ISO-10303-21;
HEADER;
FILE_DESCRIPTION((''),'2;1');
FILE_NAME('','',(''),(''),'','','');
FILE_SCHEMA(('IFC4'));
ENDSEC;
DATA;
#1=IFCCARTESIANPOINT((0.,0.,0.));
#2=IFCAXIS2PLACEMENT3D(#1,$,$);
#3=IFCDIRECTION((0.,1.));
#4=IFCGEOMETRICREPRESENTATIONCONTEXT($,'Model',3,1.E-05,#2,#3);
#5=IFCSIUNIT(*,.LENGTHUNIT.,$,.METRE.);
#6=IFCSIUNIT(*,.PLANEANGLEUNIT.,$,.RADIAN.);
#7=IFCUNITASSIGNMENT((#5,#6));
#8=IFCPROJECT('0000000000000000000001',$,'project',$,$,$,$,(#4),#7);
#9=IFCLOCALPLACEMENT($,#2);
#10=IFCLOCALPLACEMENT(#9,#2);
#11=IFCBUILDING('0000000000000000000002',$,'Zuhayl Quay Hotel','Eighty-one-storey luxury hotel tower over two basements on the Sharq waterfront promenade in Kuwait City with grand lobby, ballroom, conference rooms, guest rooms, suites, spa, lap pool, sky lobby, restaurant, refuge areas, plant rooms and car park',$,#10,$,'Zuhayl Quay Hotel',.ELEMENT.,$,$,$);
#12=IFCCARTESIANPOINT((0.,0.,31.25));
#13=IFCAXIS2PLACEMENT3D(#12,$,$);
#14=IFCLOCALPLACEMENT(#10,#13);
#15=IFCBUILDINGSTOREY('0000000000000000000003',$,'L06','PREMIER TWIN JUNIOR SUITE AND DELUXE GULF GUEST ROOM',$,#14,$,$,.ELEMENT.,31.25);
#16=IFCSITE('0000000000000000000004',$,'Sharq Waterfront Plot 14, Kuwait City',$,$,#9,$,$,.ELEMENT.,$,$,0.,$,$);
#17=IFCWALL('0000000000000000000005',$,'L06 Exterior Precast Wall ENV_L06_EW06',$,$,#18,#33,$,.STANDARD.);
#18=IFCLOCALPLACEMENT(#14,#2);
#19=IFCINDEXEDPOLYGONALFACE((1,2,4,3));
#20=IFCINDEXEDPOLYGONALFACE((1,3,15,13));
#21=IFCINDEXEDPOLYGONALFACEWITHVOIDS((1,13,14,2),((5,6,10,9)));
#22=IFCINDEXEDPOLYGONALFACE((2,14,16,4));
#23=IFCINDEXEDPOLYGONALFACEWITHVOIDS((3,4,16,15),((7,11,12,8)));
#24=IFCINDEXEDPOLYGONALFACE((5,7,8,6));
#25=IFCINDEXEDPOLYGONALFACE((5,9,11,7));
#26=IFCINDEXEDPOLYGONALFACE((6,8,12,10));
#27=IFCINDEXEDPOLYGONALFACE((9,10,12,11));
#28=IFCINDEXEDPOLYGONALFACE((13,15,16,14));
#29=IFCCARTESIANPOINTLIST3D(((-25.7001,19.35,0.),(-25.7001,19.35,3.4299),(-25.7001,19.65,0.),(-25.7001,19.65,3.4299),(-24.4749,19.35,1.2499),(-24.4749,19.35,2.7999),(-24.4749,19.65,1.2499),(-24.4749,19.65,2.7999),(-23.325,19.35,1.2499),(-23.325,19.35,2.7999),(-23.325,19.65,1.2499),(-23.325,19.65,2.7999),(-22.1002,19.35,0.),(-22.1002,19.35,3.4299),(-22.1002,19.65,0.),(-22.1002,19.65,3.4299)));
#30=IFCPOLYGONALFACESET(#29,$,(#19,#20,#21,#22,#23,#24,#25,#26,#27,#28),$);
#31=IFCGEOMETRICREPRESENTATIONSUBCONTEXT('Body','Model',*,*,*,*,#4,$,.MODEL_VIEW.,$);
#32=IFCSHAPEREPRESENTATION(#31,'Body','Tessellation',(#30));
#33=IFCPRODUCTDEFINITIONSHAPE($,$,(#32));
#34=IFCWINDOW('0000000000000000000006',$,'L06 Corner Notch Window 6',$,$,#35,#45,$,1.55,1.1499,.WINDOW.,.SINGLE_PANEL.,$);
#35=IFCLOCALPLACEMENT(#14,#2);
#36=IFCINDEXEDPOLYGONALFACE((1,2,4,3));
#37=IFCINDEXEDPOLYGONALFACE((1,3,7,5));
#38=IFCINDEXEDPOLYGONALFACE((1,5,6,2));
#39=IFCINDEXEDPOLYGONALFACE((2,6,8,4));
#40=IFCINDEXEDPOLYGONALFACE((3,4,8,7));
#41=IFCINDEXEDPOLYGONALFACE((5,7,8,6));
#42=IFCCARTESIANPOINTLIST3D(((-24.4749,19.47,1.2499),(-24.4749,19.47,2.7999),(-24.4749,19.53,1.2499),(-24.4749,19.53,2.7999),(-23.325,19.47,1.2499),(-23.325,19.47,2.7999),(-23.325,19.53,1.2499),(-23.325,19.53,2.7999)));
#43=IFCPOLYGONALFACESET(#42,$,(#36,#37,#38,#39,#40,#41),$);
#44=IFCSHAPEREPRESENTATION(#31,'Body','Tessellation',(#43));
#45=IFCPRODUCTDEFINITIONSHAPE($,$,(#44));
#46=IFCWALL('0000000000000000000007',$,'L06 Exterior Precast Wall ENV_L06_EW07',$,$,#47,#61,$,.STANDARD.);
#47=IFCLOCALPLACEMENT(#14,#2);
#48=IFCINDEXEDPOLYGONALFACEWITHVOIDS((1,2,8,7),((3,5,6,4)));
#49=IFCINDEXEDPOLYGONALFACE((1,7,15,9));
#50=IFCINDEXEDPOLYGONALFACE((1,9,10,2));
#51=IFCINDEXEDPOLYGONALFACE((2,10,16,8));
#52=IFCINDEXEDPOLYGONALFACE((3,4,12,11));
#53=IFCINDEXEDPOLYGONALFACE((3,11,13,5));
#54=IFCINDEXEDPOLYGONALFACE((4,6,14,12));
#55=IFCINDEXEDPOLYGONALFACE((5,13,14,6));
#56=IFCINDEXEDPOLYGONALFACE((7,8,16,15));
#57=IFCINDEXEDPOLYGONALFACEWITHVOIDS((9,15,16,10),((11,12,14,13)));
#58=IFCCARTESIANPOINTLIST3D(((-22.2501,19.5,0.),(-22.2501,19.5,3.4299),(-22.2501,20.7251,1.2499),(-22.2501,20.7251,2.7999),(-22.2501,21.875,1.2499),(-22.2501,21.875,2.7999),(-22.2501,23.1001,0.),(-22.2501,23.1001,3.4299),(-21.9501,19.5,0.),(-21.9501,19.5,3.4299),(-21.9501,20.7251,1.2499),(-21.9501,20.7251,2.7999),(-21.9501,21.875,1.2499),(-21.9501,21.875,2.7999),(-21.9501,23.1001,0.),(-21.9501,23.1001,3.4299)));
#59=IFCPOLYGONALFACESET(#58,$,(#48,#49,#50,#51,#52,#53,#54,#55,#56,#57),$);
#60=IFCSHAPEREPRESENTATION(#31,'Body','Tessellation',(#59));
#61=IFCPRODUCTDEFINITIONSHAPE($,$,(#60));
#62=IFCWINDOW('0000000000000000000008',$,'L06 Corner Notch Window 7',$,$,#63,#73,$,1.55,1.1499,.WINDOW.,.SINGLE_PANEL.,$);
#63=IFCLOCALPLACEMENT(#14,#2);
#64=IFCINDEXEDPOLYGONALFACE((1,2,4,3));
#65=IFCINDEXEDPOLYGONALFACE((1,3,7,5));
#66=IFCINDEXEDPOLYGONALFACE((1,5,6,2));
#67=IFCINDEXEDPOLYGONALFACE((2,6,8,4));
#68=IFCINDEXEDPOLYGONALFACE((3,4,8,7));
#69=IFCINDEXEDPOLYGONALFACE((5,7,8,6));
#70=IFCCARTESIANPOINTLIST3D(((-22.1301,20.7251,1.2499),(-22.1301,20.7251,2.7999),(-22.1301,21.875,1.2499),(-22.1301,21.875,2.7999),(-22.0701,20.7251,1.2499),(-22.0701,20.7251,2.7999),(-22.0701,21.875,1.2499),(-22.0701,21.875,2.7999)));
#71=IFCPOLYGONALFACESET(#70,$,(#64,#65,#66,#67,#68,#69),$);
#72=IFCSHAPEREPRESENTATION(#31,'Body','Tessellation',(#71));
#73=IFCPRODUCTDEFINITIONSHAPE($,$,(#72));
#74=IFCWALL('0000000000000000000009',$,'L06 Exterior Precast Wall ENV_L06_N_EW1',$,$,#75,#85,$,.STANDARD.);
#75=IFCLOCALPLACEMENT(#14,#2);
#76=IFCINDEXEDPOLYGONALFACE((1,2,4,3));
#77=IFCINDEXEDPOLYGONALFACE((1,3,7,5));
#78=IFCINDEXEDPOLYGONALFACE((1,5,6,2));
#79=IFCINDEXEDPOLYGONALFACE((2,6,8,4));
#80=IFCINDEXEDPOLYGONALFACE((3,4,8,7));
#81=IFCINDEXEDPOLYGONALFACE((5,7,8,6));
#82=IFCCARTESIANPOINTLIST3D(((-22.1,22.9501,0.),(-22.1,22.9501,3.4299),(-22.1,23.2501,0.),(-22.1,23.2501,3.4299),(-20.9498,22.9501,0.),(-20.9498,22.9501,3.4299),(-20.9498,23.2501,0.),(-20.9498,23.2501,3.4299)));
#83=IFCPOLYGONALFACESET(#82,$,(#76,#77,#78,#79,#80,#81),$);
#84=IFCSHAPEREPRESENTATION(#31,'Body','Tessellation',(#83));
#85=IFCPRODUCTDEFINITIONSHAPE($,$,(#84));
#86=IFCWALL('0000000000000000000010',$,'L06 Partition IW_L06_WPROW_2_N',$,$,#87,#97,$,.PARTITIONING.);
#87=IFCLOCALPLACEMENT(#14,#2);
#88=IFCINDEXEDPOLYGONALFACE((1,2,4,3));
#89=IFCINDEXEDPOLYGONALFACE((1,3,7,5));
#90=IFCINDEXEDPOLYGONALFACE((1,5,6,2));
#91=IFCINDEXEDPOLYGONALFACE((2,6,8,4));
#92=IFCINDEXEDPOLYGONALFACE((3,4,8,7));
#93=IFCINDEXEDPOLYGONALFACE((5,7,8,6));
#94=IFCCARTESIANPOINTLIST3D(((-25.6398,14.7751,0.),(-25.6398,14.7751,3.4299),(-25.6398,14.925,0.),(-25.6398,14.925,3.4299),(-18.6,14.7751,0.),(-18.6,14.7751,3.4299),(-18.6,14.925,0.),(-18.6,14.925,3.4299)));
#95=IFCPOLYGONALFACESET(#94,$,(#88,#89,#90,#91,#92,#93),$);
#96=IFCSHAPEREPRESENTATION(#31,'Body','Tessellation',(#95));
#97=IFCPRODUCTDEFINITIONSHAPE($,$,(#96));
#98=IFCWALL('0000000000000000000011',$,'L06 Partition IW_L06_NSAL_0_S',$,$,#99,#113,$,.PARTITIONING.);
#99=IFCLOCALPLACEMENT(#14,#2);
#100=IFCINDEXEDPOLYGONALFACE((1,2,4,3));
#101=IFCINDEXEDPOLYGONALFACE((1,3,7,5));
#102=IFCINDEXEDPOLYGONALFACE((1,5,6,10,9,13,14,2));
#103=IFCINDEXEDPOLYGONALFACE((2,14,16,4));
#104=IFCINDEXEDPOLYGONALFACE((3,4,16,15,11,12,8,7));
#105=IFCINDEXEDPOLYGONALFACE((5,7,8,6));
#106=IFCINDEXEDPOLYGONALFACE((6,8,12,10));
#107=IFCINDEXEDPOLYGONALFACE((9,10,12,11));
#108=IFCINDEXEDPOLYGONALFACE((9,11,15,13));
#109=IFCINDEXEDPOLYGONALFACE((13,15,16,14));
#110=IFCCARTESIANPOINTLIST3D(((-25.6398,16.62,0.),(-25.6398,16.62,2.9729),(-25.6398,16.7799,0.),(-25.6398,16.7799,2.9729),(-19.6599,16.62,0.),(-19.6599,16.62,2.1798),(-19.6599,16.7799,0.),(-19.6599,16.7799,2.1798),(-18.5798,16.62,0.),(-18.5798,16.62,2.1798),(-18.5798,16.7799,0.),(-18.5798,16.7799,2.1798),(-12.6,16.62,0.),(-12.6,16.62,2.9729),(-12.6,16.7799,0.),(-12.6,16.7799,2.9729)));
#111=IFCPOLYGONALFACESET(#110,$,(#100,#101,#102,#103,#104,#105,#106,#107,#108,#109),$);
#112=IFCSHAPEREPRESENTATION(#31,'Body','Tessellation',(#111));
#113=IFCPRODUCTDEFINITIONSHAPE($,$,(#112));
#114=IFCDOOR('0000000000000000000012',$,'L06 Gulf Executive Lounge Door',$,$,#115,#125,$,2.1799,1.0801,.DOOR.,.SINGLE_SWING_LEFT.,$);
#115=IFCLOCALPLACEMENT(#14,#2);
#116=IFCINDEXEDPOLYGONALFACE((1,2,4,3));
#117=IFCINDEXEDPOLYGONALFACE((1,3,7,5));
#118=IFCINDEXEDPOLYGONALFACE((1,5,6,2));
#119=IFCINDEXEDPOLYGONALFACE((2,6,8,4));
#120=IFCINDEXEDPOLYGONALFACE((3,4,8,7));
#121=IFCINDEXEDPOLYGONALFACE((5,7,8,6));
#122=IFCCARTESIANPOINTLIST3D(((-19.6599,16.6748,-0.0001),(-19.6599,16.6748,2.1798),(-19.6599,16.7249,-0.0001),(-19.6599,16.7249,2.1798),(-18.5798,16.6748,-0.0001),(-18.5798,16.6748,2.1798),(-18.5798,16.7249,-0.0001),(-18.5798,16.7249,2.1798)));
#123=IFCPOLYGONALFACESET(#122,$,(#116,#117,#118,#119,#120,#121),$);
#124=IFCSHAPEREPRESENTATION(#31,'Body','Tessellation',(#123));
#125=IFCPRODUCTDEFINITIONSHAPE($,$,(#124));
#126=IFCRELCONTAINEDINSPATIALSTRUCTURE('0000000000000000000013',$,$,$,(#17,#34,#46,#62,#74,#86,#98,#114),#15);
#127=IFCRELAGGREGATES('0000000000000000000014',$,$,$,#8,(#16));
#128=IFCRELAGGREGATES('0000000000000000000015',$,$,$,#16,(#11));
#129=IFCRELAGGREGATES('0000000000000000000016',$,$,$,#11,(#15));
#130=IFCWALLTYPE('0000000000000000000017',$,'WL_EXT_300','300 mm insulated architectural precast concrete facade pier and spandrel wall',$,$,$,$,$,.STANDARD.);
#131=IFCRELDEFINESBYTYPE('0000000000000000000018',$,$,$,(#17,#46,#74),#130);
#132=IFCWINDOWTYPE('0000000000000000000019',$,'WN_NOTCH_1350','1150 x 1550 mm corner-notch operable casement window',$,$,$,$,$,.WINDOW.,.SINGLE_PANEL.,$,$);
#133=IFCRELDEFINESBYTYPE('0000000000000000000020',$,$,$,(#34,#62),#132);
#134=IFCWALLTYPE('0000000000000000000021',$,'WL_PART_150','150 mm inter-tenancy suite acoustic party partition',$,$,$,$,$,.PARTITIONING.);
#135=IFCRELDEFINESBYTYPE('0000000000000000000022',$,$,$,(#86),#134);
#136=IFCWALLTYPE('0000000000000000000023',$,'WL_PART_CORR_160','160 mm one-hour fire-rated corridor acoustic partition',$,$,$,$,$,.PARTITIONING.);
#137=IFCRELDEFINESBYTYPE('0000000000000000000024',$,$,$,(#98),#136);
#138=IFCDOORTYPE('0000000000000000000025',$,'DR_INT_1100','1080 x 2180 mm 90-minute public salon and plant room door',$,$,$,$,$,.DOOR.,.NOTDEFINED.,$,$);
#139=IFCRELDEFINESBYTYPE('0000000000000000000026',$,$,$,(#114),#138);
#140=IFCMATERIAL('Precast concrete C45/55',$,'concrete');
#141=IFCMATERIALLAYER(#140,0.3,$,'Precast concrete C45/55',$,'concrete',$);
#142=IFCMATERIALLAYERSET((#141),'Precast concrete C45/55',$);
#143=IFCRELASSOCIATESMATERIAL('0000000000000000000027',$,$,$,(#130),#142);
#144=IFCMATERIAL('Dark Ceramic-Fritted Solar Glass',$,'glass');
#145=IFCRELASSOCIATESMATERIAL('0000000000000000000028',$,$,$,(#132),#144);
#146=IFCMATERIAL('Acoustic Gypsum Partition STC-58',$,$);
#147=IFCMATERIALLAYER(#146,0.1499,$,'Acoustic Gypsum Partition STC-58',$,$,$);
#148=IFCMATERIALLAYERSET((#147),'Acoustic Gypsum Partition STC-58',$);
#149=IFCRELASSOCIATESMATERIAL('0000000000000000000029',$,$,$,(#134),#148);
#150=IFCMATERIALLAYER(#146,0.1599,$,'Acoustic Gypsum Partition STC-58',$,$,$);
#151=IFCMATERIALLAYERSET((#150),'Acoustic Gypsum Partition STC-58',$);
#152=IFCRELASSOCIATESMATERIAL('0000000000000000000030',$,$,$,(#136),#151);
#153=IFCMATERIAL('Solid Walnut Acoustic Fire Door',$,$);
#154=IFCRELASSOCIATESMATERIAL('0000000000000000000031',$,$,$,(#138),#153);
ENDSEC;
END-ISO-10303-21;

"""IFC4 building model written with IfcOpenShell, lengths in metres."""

from ifc_helpers import new_model, si_unit, direction, frame, frame_2d, origin, place, context, subcontext, project, spatial, rectangle, extrude, material, layer, layer_set, type_object, element, fill, save


model = new_model("IFC4")

# Units and contexts
model_context = context("Model", 3, precision=1e-05, world=origin(), true_north=direction((0.0, 1.0)))
body_context = subcontext(model_context, "Body", "Model", "MODEL_VIEW")
ifc_project = project(units=[si_unit("LENGTHUNIT", "METRE"), si_unit("PLANEANGLEUNIT", "RADIAN")], contexts=[model_context])

# Site, building, storey
site_placement = place(None, origin())
site = spatial("IfcSite", under=ifc_project, at=site_placement, Name="Sharq Waterfront Plot 14, Kuwait City", CompositionType="ELEMENT", RefElevation=0.0)
building_placement = place(site_placement, origin())
building = spatial("IfcBuilding", under=site, at=building_placement, Name="Zuhayl Quay Hotel", Description="Eighty-one-storey luxury hotel tower over two basements on the Sharq waterfront promenade in Kuwait City with grand lobby, ballroom, conference rooms, guest rooms, suites, spa, lap pool, sky lobby, restaurant, refuge areas, plant rooms and car park", LongName="Zuhayl Quay Hotel", CompositionType="ELEMENT")
storey_placement = place(building_placement, frame((0.0, 0.0, 31.25)))
storey = spatial("IfcBuildingStorey", under=building, at=storey_placement, Name="L06", Description="PREMIER TWIN JUNIOR SUITE AND DELUXE GULF GUEST ROOM", CompositionType="ELEMENT", Elevation=31.25)

# Shared definitions
ifc_material_1 = material(Name="Dark Ceramic-Fritted Solar Glass", Category="glass")

# Shared definitions
ifc_material_2 = material(Name="Precast concrete C45/55", Category="concrete")
ifc_layer_1 = layer(ifc_material_2, 0.3, Name="Precast concrete C45/55", Category="concrete")
ifc_layer_set_1 = layer_set([ifc_layer_1], Name="Precast concrete C45/55")
wall_type_1 = type_object("IfcWallType", Name="WL_EXT_300", Description="300 mm insulated architectural precast concrete facade pier and spandrel wall", PredefinedType="STANDARD", material=ifc_layer_set_1)
window_type_1 = type_object("IfcWindowType", Name="WN_NOTCH_1350", Description="1150 x 1550 mm corner-notch operable casement window", PartitioningType="SINGLE_PANEL", PredefinedType="WINDOW", material=ifc_material_1)

# Walls, openings, windows
wall_1_placement = place(storey_placement, frame((-25.7, 19.5, 0.0), z_axis=(0.0, 0.0, 1.0), x_axis=(1.0, 0.0, 0.0)))
wall_1 = element("IfcWall", 1, at=wall_1_placement, inside=storey, type_object=wall_type_1, Name="L06 Exterior Precast Wall ENV_L06_EW06", PredefinedType="STANDARD", context=body_context, shape_type="SweptSolid", body=[
    extrude(rectangle(XDim=3.5999, YDim=0.3, at=frame_2d((1.7998, 0.0))), origin(), (0.0, 0.0, 1.0), 3.4299),
])
opening_1_placement = place(wall_1_placement, frame((1.2251, 0.0, 1.25)))
opening_1 = element("IfcOpeningElement", 2, at=opening_1_placement, cuts=wall_1, PredefinedType="OPENING", context=body_context, shape_type="SweptSolid", body=[
    extrude(rectangle(XDim=1.1499, YDim=1.55, at=frame_2d((0.575, 0.7749))), frame((0.0, 0.1599, 0.0), z_axis=(0.0, -1.0, 0.0), x_axis=(1.0, 0.0, 0.0)), (0.0, 0.0, 1.0), 0.3201),
])
window_1_placement = place(opening_1_placement, origin())
window_1 = element("IfcWindow", 3, at=window_1_placement, inside=storey, type_object=window_type_1, Name="L06 Corner Notch Window 6", OverallHeight=1.55, OverallWidth=1.1499, PartitioningType="SINGLE_PANEL", PredefinedType="WINDOW", context=body_context, shape_type="SweptSolid", body=[
    extrude(rectangle(XDim=1.1499, YDim=1.55, at=frame_2d((0.575, 0.7749))), frame((0.0, 0.03, 0.0), z_axis=(0.0, -1.0, 0.0), x_axis=(1.0, 0.0, 0.0)), (0.0, 0.0, 1.0), 0.0601),
])
fill(opening_1, window_1)
wall_2_placement = place(storey_placement, frame((-22.1001, 19.5, 0.0), z_axis=(0.0, 0.0, 1.0), x_axis=(0.0, 1.0, 0.0)))
wall_2 = element("IfcWall", 4, at=wall_2_placement, inside=storey, type_object=wall_type_1, Name="L06 Exterior Precast Wall ENV_L06_EW07", PredefinedType="STANDARD", context=body_context, shape_type="SweptSolid", body=[
    extrude(rectangle(XDim=3.6001, YDim=0.3, at=frame_2d((1.8, 0.0))), origin(), (0.0, 0.0, 1.0), 3.4299),
])
opening_2_placement = place(wall_2_placement, frame((1.2251, 0.0, 1.25)))
opening_2 = element("IfcOpeningElement", 5, at=opening_2_placement, cuts=wall_2, PredefinedType="OPENING", context=body_context, shape_type="SweptSolid", body=[
    extrude(rectangle(XDim=1.1499, YDim=1.55, at=frame_2d((0.575, 0.7749))), frame((0.0, 0.1599, 0.0), z_axis=(0.0, -1.0, 0.0), x_axis=(1.0, 0.0, 0.0)), (0.0, 0.0, 1.0), 0.3201),
])
window_2_placement = place(opening_2_placement, origin())
window_2 = element("IfcWindow", 6, at=window_2_placement, inside=storey, type_object=window_type_1, Name="L06 Corner Notch Window 7", OverallHeight=1.55, OverallWidth=1.1499, PartitioningType="SINGLE_PANEL", PredefinedType="WINDOW", context=body_context, shape_type="SweptSolid", body=[
    extrude(rectangle(XDim=1.1499, YDim=1.55, at=frame_2d((0.575, 0.7749))), frame((0.0, 0.03, 0.0), z_axis=(0.0, -1.0, 0.0), x_axis=(1.0, 0.0, 0.0)), (0.0, 0.0, 1.0), 0.0601),
])
fill(opening_2, window_2)

# Walls
wall_3_placement = place(storey_placement, frame((-22.1001, 23.1001, 0.0), z_axis=(0.0, 0.0, 1.0), x_axis=(1.0, 0.0, 0.0)))
element("IfcWall", 7, at=wall_3_placement, inside=storey, type_object=wall_type_1, Name="L06 Exterior Precast Wall ENV_L06_N_EW1", PredefinedType="STANDARD", context=body_context, shape_type="SweptSolid", body=[
    extrude(rectangle(XDim=1.1501, YDim=0.3, at=frame_2d((0.5752, 0.0))), origin(), (0.0, 0.0, 1.0), 3.4299),
])
ifc_material_3 = material(Name="Acoustic Gypsum Partition STC-58")
ifc_layer_2 = layer(ifc_material_3, 0.1499, Name="Acoustic Gypsum Partition STC-58")
ifc_layer_set_2 = layer_set([ifc_layer_2], Name="Acoustic Gypsum Partition STC-58")
wall_type_2 = type_object("IfcWallType", Name="WL_PART_150", Description="150 mm inter-tenancy suite acoustic party partition", PredefinedType="PARTITIONING", material=ifc_layer_set_2)
wall_4_placement = place(storey_placement, frame((-25.6399, 14.8501, 0.0), z_axis=(0.0, 0.0, 1.0), x_axis=(1.0, 0.0, 0.0)))
element("IfcWall", 8, at=wall_4_placement, inside=storey, type_object=wall_type_2, Name="L06 Partition IW_L06_WPROW_2_N", PredefinedType="PARTITIONING", context=body_context, shape_type="SweptSolid", body=[
    extrude(rectangle(XDim=7.0398, YDim=0.1499, at=frame_2d((3.52, 0.0))), origin(), (0.0, 0.0, 1.0), 3.4299),
])

# Wall, opening, door
ifc_layer_3 = layer(ifc_material_3, 0.1599, Name="Acoustic Gypsum Partition STC-58")
ifc_layer_set_3 = layer_set([ifc_layer_3], Name="Acoustic Gypsum Partition STC-58")
wall_type_3 = type_object("IfcWallType", Name="WL_PART_CORR_160", Description="160 mm one-hour fire-rated corridor acoustic partition", PredefinedType="PARTITIONING", material=ifc_layer_set_3)
wall_5_placement = place(storey_placement, frame((-25.6399, 16.7, 0.0), z_axis=(0.0, 0.0, 1.0), x_axis=(1.0, 0.0, 0.0)))
wall_5 = element("IfcWall", 9, at=wall_5_placement, inside=storey, type_object=wall_type_3, Name="L06 Partition IW_L06_NSAL_0_S", PredefinedType="PARTITIONING", context=body_context, shape_type="SweptSolid", body=[
    extrude(rectangle(XDim=13.0398, YDim=0.1599, at=frame_2d((6.52, 0.0))), origin(), (0.0, 0.0, 1.0), 2.9729),
])
opening_3_placement = place(wall_5_placement, frame((5.98, 0.0, 0.0)))
opening_3 = element("IfcOpeningElement", 10, at=opening_3_placement, cuts=wall_5, PredefinedType="OPENING", context=body_context, shape_type="SweptSolid", body=[
    extrude(rectangle(XDim=1.0801, YDim=2.1799, at=frame_2d((0.54, 1.0898))), frame((0.0, 0.0898, 0.0), z_axis=(0.0, -1.0, 0.0), x_axis=(1.0, 0.0, 0.0)), (0.0, 0.0, 1.0), 0.1799),
])
ifc_material_4 = material(Name="Solid Walnut Acoustic Fire Door")
door_type = type_object("IfcDoorType", Name="DR_INT_1100", Description="1080 x 2180 mm 90-minute public salon and plant room door", OperationType="NOTDEFINED", PredefinedType="DOOR", material=ifc_material_4)
door_placement = place(opening_3_placement, origin())
door = element("IfcDoor", 11, at=door_placement, inside=storey, type_object=door_type, Name="L06 Gulf Executive Lounge Door", OperationType="SINGLE_SWING_LEFT", OverallHeight=2.1799, OverallWidth=1.0801, PredefinedType="DOOR", context=body_context, shape_type="SweptSolid", body=[
    extrude(rectangle(XDim=1.0801, YDim=2.1799, at=frame_2d((0.54, 1.0898))), frame((0.0, 0.0249, 0.0), z_axis=(0.0, -1.0, 0.0), x_axis=(1.0, 0.0, 0.0)), (0.0, 0.0, 1.0), 0.05),
])
fill(opening_3, door)

save(model, "model.ifc")
